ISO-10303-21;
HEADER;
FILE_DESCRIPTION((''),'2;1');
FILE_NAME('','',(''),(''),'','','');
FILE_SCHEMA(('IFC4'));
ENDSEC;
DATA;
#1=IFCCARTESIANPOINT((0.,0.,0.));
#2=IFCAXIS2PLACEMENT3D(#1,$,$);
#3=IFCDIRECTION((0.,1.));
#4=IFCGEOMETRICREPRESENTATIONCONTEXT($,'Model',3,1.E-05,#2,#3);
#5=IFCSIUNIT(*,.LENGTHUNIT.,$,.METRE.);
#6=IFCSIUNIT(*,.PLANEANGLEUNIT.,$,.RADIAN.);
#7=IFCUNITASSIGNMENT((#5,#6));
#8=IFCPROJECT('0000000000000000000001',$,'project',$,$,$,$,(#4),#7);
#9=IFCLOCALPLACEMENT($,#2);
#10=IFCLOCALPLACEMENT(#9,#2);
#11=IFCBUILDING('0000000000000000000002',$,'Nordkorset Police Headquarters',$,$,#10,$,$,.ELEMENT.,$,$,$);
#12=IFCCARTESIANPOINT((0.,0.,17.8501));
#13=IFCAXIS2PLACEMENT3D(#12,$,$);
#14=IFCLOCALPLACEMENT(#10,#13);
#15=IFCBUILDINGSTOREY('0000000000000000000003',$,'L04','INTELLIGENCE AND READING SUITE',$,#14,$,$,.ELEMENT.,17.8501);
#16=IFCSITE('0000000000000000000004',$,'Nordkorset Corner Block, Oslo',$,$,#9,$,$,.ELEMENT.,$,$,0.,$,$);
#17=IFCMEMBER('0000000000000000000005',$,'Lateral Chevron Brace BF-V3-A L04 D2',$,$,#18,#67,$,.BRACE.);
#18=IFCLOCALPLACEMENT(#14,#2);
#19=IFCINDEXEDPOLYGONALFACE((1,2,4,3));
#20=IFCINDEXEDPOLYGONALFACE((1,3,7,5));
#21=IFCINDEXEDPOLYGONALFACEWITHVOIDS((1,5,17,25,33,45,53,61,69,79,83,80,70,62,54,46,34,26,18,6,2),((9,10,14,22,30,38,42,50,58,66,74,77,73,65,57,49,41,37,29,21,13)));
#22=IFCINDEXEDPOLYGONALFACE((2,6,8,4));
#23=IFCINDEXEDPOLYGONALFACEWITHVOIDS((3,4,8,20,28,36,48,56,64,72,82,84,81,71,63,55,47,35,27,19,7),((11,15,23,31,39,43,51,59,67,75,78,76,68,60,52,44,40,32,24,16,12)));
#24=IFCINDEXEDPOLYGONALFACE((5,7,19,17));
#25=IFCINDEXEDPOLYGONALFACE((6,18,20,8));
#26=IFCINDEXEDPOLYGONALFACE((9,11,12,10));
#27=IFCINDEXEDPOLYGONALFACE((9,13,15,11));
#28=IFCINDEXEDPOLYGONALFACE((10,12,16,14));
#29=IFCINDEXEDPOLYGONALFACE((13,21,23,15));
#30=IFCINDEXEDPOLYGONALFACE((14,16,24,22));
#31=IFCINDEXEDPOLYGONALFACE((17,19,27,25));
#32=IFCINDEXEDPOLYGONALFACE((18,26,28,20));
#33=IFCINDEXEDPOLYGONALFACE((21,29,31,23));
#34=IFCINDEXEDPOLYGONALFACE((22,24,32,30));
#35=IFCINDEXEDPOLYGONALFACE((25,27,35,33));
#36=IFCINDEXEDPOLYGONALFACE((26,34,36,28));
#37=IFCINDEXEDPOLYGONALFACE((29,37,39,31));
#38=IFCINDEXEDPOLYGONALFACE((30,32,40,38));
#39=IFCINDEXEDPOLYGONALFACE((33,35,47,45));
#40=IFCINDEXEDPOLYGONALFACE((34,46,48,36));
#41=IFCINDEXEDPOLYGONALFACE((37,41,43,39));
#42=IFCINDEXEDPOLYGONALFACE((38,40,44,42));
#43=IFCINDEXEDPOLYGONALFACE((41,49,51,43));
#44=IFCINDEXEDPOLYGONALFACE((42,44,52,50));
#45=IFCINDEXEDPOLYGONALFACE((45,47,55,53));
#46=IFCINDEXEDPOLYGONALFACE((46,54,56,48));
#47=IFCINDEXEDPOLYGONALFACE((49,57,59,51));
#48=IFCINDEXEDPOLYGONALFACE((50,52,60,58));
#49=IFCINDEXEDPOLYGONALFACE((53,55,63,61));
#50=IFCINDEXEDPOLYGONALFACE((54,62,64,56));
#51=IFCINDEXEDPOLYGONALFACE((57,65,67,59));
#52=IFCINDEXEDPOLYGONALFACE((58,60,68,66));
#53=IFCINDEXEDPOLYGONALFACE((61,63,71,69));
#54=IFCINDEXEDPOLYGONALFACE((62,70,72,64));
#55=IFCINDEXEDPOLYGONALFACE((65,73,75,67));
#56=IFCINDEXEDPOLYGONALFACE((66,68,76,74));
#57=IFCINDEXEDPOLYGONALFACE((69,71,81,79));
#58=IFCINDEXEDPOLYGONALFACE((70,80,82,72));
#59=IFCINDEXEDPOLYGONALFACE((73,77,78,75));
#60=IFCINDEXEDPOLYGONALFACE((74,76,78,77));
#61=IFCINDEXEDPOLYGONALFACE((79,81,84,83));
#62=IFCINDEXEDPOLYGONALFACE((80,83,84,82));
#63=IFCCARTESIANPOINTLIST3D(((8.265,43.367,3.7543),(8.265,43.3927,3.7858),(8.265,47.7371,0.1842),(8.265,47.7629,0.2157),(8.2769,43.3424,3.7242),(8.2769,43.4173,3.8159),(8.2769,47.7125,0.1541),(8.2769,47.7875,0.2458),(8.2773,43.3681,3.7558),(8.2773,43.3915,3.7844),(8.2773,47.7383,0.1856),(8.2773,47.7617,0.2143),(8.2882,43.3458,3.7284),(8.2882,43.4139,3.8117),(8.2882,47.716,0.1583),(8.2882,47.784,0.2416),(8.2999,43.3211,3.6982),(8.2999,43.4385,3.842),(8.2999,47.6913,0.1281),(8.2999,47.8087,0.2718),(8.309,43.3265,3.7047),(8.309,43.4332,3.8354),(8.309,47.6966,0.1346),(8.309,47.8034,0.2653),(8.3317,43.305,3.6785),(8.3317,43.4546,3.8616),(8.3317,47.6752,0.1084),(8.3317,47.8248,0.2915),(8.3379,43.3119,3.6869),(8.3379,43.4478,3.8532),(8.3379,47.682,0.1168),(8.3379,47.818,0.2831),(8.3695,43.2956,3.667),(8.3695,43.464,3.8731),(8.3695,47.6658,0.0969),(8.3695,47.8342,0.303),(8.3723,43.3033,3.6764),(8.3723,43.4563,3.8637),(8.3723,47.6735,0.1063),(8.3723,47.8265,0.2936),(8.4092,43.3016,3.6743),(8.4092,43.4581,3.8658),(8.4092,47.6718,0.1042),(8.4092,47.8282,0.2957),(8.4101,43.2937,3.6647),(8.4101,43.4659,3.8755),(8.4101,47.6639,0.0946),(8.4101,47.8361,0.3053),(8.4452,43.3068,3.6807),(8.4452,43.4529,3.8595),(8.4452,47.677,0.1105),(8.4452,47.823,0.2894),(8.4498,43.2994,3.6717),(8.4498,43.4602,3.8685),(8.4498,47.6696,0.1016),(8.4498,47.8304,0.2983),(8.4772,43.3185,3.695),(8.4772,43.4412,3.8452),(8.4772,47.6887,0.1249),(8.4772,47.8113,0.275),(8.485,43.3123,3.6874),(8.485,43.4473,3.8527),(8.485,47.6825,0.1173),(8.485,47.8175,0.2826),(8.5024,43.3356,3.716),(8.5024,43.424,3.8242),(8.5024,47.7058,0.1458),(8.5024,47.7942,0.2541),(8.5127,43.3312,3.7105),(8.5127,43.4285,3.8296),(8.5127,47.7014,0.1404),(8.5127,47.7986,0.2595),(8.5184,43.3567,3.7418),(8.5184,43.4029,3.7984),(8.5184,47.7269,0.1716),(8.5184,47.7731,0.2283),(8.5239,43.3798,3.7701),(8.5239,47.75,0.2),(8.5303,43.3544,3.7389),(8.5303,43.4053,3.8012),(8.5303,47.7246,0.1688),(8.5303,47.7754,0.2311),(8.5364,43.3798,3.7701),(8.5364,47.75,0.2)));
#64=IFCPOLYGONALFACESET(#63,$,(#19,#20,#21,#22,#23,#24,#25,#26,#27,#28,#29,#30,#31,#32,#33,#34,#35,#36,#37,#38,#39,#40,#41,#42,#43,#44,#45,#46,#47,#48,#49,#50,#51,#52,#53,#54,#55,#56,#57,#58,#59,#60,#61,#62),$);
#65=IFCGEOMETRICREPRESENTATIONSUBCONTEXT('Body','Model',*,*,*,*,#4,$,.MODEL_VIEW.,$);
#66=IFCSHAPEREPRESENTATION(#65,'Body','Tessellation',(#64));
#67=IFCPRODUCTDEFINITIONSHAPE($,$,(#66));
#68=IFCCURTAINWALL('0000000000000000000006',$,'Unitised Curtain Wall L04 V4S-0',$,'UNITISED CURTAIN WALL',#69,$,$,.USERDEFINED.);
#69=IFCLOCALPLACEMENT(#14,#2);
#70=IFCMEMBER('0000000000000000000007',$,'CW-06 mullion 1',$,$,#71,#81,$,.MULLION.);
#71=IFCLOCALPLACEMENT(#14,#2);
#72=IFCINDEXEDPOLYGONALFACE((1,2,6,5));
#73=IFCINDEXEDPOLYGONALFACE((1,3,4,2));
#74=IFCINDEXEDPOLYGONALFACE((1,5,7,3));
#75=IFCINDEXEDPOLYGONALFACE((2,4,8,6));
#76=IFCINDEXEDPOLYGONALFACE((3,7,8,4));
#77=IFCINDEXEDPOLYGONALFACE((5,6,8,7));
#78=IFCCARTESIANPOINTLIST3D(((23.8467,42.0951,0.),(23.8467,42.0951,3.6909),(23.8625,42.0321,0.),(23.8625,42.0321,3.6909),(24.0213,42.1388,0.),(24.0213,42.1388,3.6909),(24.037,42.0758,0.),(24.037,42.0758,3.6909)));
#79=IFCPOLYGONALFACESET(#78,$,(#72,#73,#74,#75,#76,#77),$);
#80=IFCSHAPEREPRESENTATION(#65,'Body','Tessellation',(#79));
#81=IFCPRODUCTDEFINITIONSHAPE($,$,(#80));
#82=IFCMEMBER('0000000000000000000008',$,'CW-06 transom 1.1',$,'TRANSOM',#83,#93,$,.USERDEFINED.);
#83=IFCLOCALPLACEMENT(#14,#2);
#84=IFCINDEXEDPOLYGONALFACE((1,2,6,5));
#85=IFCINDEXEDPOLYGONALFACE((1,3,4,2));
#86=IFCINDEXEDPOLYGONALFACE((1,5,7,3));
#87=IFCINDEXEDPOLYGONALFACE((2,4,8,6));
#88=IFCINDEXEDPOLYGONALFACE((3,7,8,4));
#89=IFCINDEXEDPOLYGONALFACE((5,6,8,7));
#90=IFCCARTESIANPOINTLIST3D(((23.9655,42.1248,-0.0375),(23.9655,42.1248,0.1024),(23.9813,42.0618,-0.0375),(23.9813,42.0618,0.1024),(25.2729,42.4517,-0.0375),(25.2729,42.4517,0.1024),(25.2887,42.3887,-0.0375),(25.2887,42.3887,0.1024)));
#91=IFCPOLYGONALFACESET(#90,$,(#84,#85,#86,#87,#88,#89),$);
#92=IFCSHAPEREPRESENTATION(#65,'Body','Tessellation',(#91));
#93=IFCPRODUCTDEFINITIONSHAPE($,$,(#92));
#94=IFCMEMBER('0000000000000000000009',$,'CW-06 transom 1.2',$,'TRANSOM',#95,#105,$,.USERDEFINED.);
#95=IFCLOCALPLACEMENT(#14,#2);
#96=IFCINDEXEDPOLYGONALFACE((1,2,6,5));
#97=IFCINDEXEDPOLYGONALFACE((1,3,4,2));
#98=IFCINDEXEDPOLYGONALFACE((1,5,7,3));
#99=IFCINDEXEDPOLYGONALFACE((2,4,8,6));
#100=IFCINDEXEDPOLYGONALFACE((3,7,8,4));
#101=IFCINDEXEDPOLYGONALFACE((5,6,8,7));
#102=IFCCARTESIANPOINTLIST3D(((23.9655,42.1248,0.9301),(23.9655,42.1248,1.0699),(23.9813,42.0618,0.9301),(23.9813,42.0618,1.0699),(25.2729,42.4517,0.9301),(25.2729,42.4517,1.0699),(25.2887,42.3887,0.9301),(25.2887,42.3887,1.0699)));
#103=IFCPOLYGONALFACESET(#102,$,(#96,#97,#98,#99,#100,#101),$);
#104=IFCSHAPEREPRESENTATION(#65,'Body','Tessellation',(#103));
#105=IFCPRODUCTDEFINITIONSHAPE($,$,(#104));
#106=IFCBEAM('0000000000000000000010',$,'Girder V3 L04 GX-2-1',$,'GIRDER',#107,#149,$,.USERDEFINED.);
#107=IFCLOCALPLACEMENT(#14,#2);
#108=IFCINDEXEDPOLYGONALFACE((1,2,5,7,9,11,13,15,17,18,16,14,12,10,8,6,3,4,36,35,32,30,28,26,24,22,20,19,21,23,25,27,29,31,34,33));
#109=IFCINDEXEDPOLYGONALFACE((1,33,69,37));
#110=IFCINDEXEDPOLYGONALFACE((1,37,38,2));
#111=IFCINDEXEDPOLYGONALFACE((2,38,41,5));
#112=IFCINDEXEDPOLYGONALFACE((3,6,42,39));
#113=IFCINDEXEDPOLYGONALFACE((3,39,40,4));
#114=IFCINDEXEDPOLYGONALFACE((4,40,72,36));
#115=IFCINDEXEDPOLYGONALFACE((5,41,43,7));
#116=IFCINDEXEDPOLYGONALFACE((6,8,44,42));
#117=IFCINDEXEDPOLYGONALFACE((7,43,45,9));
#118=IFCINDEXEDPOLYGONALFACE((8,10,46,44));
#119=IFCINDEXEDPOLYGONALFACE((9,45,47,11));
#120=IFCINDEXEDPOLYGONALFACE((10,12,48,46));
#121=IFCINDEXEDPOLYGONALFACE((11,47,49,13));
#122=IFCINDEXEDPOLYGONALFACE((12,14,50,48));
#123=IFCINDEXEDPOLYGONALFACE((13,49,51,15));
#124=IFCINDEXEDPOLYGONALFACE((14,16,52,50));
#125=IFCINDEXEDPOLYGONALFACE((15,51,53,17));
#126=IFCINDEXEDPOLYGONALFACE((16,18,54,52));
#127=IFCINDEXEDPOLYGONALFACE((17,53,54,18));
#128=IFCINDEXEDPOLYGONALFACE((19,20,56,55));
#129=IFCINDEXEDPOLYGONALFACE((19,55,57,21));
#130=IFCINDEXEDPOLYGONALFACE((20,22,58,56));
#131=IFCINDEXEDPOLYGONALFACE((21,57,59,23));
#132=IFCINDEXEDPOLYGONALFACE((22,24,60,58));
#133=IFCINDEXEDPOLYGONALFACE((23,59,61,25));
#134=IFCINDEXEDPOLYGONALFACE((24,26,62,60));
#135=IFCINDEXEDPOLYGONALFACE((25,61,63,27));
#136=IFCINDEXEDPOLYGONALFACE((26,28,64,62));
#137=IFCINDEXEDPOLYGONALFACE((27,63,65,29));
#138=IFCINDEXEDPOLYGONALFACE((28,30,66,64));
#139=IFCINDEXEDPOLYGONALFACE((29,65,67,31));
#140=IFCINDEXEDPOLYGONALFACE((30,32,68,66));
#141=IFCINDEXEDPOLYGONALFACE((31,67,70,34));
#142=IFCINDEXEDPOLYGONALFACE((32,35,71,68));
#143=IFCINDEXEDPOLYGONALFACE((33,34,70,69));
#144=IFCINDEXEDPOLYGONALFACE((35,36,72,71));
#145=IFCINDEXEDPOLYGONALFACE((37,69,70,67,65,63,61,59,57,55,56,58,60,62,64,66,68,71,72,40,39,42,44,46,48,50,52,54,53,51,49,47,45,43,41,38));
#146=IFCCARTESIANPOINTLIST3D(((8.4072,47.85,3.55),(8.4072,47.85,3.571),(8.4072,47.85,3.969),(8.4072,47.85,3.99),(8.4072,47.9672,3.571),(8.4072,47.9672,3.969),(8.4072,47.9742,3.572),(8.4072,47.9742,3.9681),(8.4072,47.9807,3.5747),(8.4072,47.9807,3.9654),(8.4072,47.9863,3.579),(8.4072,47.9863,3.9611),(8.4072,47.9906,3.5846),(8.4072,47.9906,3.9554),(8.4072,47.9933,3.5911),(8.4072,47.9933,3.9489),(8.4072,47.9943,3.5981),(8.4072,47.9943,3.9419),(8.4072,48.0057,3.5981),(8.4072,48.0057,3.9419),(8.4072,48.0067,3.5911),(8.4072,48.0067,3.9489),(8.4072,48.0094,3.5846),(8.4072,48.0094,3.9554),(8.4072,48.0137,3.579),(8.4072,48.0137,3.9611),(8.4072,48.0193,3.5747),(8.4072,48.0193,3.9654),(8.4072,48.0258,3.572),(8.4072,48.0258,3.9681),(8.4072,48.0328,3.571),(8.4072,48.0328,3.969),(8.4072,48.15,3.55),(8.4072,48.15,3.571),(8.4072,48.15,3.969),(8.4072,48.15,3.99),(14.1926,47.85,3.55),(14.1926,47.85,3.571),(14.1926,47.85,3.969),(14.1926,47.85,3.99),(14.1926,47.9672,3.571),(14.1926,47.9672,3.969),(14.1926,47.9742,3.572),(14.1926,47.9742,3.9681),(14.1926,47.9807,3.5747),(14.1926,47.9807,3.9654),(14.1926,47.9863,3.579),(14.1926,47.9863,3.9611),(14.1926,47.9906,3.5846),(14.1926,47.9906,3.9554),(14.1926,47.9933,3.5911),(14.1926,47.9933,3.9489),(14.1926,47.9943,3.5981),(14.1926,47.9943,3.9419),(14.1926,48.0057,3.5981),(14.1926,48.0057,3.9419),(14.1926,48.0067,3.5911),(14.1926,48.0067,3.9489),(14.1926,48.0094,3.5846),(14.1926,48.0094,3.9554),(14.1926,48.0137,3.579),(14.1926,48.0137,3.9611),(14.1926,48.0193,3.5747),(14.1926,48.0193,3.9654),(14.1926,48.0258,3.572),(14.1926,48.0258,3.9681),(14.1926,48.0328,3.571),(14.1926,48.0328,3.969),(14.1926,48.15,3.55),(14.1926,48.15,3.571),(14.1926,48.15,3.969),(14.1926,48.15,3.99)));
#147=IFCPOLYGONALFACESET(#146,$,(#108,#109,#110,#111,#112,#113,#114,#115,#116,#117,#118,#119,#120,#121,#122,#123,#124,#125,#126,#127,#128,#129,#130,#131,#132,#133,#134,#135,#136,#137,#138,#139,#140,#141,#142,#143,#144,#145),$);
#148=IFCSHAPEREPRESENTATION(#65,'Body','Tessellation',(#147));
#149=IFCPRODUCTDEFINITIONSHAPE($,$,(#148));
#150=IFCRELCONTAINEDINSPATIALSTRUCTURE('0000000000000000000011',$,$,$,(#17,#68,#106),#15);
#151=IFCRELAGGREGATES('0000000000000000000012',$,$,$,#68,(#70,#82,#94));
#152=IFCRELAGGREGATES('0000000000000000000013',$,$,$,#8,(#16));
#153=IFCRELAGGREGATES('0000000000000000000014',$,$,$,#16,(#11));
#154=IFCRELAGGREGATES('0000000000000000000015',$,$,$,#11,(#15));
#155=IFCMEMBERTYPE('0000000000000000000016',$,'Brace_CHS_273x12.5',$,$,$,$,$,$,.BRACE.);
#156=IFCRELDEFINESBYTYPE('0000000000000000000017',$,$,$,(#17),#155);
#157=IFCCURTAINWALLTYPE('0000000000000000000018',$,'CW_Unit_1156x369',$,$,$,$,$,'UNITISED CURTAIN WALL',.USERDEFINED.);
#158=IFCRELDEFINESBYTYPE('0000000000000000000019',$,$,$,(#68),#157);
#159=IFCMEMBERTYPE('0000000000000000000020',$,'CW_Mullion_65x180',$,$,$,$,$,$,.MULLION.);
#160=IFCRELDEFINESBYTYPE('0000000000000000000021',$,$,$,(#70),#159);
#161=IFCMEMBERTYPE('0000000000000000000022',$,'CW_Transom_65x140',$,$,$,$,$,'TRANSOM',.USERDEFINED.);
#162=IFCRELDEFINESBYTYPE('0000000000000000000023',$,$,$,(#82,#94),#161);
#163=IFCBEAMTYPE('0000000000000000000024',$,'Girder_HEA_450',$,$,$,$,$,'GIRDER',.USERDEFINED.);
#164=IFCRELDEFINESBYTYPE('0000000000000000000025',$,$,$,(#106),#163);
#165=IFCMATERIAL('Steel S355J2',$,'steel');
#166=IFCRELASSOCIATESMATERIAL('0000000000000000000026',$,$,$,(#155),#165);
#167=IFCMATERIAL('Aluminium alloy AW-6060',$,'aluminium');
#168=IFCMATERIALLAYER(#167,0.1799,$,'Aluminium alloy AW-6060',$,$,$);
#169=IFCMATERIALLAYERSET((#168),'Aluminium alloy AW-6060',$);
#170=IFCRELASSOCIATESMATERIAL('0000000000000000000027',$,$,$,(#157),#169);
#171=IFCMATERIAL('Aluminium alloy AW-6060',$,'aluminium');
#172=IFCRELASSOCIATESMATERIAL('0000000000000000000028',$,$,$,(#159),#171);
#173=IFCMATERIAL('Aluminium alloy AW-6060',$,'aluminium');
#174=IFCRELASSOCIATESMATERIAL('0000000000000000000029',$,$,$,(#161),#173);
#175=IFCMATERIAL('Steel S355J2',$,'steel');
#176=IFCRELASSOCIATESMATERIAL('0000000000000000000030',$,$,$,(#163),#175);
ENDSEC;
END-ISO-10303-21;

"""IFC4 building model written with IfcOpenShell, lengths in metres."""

from ifc_helpers import new_model, si_unit, direction, frame, origin, origin_2d, place, context, subcontext, project, spatial, rectangle, hollow_circle, i_section, extrude, material, layer, layer_set, material_profile, profile_set, type_object, element, aggregate, save


model = new_model("IFC4")

# Units and contexts
model_context = context("Model", 3, precision=1e-05, world=origin(), true_north=direction((0.0, 1.0)))
body_context = subcontext(model_context, "Body", "Model", "MODEL_VIEW")
ifc_project = project(units=[si_unit("LENGTHUNIT", "METRE"), si_unit("PLANEANGLEUNIT", "RADIAN")], contexts=[model_context])

# Site, building, storey
site_placement = place(None, origin())
site = spatial("IfcSite", under=ifc_project, at=site_placement, Name="Nordkorset Corner Block, Oslo", CompositionType="ELEMENT", RefElevation=0.0)
building_placement = place(site_placement, origin())
building = spatial("IfcBuilding", under=site, at=building_placement, Name="Nordkorset Police Headquarters", CompositionType="ELEMENT")
storey_placement = place(building_placement, frame((0.0, 0.0, 17.8501)))
storey = spatial("IfcBuildingStorey", under=building, at=storey_placement, Name="L04", Description="INTELLIGENCE AND READING SUITE", CompositionType="ELEMENT", Elevation=17.8501)

# Member
ifc_material_1 = material(Name="Steel S355J2", Category="steel")
ifc_material_profile_1 = material_profile(ifc_material_1, hollow_circle(Radius=0.1365, WallThickness=0.0125, at=origin_2d()), Name="CHS 273x12.5")
ifc_profile_set_1 = profile_set([ifc_material_profile_1], Name="Steel S355J2")
member_type_1 = type_object("IfcMemberType", Name="Brace_CHS_273x12.5", PredefinedType="BRACE", material=ifc_profile_set_1)
member_1_placement = place(storey_placement, frame((8.3999, 47.75, 0.2), z_axis=(0.0, -0.774433, 0.632656), x_axis=(1.0, 0.0, 0.0)))
element("IfcMember", 1, at=member_1_placement, inside=storey, type_object=member_type_1, Name="Lateral Chevron Brace BF-V3-A L04 D2", PredefinedType="BRACE", context=body_context, shape_type="SweptSolid", body=[
    extrude(hollow_circle(Radius=0.1365, WallThickness=0.0125, at=origin_2d()), origin(), (0.0, 0.0, 1.0), 5.6431),
])

# Curtain wall, members
ifc_material_2 = material(Name="Aluminium alloy AW-6060", Category="aluminium")
ifc_layer_1 = layer(ifc_material_2, 0.1799, Name="Aluminium alloy AW-6060")
ifc_layer_set_1 = layer_set([ifc_layer_1], Name="Aluminium alloy AW-6060")
curtain_wall_type = type_object("IfcCurtainWallType", Name="CW_Unit_1156x369", ElementType="UNITISED CURTAIN WALL", PredefinedType="USERDEFINED", material=ifc_layer_set_1)
curtain_wall_placement = place(storey_placement, origin())
curtain_wall = element("IfcCurtainWall", 2, at=curtain_wall_placement, inside=storey, type_object=curtain_wall_type, Name="Unitised Curtain Wall L04 V4S-0", ObjectType="UNITISED CURTAIN WALL", PredefinedType="USERDEFINED")
ifc_material_3 = material(Name="Aluminium alloy AW-6060", Category="aluminium")
ifc_material_profile_2 = material_profile(ifc_material_3, rectangle(XDim=0.0649, YDim=0.1799, at=origin_2d()), Name="ALU MULL 65x180")
ifc_profile_set_2 = profile_set([ifc_material_profile_2], Name="Aluminium alloy AW-6060")
member_type_2 = type_object("IfcMemberType", Name="CW_Mullion_65x180", PredefinedType="MULLION", material=ifc_profile_set_2)
member_2_placement = place(storey_placement, frame((23.9419, 42.0854, 0.0), z_axis=(0.0, 0.0, 1.0), x_axis=(-0.242536, 0.970143, 0.0)))
member_2 = element("IfcMember", 3, at=member_2_placement, type_object=member_type_2, Name="CW-06 mullion 1", PredefinedType="MULLION", context=body_context, shape_type="SweptSolid", body=[
    extrude(rectangle(XDim=0.0649, YDim=0.1799, at=origin_2d()), origin(), (0.0, 0.0, 1.0), 3.6909),
])
ifc_material_4 = material(Name="Aluminium alloy AW-6060", Category="aluminium")
ifc_material_profile_3 = material_profile(ifc_material_4, rectangle(XDim=0.0649, YDim=0.1399, at=origin_2d()), Name="ALU TRAN 65x140")
ifc_profile_set_3 = profile_set([ifc_material_profile_3], Name="Aluminium alloy AW-6060")
member_type_3 = type_object("IfcMemberType", Name="CW_Transom_65x140", ElementType="TRANSOM", PredefinedType="USERDEFINED", material=ifc_profile_set_3)
member_3_placement = place(storey_placement, frame((23.9734, 42.0933, 0.0325), z_axis=(0.970132, 0.242578, 0.0), x_axis=(-0.242578, 0.970132, 0.0)))
member_3 = element("IfcMember", 4, at=member_3_placement, type_object=member_type_3, Name="CW-06 transom 1.1", ObjectType="TRANSOM", PredefinedType="USERDEFINED", context=body_context, shape_type="SweptSolid", body=[
    extrude(rectangle(XDim=0.0649, YDim=0.1399, at=origin_2d()), origin(), (0.0, 0.0, 1.0), 1.3477),
])
member_4_placement = place(storey_placement, frame((23.9734, 42.0933, 1.0), z_axis=(0.970132, 0.242578, 0.0), x_axis=(-0.242578, 0.970132, 0.0)))
member_4 = element("IfcMember", 5, at=member_4_placement, type_object=member_type_3, Name="CW-06 transom 1.2", ObjectType="TRANSOM", PredefinedType="USERDEFINED", context=body_context, shape_type="SweptSolid", body=[
    extrude(rectangle(XDim=0.0649, YDim=0.1399, at=origin_2d()), origin(), (0.0, 0.0, 1.0), 1.3477),
])
aggregate(curtain_wall, [member_2, member_3, member_4])

# Beam
ifc_material_5 = material(Name="Steel S355J2", Category="steel")
ifc_material_profile_4 = material_profile(ifc_material_5, i_section(OverallWidth=0.3, OverallDepth=0.4399, WebThickness=0.0115, FlangeThickness=0.021, FilletRadius=0.0271, at=origin_2d()), Name="HEA 450")
ifc_profile_set_4 = profile_set([ifc_material_profile_4], Name="Steel S355J2")
beam_type_1 = type_object("IfcBeamType", Name="Girder_HEA_450", ElementType="GIRDER", PredefinedType="USERDEFINED", material=ifc_profile_set_4)
beam_1_placement = place(storey_placement, frame((8.4072, 48.0, 3.77), z_axis=(1.0, 0.0, 0.0), x_axis=(0.0, 1.0, 0.0)))
element("IfcBeam", 6, at=beam_1_placement, inside=storey, type_object=beam_type_1, Name="Girder V3 L04 GX-2-1", ObjectType="GIRDER", PredefinedType="USERDEFINED", context=body_context, shape_type="SweptSolid", body=[
    extrude(i_section(OverallWidth=0.3, OverallDepth=0.4399, WebThickness=0.0115, FlangeThickness=0.021, FilletRadius=0.0271, at=origin_2d()), origin(), (0.0, 0.0, 1.0), 5.7854),
])

save(model, "model.ifc")
